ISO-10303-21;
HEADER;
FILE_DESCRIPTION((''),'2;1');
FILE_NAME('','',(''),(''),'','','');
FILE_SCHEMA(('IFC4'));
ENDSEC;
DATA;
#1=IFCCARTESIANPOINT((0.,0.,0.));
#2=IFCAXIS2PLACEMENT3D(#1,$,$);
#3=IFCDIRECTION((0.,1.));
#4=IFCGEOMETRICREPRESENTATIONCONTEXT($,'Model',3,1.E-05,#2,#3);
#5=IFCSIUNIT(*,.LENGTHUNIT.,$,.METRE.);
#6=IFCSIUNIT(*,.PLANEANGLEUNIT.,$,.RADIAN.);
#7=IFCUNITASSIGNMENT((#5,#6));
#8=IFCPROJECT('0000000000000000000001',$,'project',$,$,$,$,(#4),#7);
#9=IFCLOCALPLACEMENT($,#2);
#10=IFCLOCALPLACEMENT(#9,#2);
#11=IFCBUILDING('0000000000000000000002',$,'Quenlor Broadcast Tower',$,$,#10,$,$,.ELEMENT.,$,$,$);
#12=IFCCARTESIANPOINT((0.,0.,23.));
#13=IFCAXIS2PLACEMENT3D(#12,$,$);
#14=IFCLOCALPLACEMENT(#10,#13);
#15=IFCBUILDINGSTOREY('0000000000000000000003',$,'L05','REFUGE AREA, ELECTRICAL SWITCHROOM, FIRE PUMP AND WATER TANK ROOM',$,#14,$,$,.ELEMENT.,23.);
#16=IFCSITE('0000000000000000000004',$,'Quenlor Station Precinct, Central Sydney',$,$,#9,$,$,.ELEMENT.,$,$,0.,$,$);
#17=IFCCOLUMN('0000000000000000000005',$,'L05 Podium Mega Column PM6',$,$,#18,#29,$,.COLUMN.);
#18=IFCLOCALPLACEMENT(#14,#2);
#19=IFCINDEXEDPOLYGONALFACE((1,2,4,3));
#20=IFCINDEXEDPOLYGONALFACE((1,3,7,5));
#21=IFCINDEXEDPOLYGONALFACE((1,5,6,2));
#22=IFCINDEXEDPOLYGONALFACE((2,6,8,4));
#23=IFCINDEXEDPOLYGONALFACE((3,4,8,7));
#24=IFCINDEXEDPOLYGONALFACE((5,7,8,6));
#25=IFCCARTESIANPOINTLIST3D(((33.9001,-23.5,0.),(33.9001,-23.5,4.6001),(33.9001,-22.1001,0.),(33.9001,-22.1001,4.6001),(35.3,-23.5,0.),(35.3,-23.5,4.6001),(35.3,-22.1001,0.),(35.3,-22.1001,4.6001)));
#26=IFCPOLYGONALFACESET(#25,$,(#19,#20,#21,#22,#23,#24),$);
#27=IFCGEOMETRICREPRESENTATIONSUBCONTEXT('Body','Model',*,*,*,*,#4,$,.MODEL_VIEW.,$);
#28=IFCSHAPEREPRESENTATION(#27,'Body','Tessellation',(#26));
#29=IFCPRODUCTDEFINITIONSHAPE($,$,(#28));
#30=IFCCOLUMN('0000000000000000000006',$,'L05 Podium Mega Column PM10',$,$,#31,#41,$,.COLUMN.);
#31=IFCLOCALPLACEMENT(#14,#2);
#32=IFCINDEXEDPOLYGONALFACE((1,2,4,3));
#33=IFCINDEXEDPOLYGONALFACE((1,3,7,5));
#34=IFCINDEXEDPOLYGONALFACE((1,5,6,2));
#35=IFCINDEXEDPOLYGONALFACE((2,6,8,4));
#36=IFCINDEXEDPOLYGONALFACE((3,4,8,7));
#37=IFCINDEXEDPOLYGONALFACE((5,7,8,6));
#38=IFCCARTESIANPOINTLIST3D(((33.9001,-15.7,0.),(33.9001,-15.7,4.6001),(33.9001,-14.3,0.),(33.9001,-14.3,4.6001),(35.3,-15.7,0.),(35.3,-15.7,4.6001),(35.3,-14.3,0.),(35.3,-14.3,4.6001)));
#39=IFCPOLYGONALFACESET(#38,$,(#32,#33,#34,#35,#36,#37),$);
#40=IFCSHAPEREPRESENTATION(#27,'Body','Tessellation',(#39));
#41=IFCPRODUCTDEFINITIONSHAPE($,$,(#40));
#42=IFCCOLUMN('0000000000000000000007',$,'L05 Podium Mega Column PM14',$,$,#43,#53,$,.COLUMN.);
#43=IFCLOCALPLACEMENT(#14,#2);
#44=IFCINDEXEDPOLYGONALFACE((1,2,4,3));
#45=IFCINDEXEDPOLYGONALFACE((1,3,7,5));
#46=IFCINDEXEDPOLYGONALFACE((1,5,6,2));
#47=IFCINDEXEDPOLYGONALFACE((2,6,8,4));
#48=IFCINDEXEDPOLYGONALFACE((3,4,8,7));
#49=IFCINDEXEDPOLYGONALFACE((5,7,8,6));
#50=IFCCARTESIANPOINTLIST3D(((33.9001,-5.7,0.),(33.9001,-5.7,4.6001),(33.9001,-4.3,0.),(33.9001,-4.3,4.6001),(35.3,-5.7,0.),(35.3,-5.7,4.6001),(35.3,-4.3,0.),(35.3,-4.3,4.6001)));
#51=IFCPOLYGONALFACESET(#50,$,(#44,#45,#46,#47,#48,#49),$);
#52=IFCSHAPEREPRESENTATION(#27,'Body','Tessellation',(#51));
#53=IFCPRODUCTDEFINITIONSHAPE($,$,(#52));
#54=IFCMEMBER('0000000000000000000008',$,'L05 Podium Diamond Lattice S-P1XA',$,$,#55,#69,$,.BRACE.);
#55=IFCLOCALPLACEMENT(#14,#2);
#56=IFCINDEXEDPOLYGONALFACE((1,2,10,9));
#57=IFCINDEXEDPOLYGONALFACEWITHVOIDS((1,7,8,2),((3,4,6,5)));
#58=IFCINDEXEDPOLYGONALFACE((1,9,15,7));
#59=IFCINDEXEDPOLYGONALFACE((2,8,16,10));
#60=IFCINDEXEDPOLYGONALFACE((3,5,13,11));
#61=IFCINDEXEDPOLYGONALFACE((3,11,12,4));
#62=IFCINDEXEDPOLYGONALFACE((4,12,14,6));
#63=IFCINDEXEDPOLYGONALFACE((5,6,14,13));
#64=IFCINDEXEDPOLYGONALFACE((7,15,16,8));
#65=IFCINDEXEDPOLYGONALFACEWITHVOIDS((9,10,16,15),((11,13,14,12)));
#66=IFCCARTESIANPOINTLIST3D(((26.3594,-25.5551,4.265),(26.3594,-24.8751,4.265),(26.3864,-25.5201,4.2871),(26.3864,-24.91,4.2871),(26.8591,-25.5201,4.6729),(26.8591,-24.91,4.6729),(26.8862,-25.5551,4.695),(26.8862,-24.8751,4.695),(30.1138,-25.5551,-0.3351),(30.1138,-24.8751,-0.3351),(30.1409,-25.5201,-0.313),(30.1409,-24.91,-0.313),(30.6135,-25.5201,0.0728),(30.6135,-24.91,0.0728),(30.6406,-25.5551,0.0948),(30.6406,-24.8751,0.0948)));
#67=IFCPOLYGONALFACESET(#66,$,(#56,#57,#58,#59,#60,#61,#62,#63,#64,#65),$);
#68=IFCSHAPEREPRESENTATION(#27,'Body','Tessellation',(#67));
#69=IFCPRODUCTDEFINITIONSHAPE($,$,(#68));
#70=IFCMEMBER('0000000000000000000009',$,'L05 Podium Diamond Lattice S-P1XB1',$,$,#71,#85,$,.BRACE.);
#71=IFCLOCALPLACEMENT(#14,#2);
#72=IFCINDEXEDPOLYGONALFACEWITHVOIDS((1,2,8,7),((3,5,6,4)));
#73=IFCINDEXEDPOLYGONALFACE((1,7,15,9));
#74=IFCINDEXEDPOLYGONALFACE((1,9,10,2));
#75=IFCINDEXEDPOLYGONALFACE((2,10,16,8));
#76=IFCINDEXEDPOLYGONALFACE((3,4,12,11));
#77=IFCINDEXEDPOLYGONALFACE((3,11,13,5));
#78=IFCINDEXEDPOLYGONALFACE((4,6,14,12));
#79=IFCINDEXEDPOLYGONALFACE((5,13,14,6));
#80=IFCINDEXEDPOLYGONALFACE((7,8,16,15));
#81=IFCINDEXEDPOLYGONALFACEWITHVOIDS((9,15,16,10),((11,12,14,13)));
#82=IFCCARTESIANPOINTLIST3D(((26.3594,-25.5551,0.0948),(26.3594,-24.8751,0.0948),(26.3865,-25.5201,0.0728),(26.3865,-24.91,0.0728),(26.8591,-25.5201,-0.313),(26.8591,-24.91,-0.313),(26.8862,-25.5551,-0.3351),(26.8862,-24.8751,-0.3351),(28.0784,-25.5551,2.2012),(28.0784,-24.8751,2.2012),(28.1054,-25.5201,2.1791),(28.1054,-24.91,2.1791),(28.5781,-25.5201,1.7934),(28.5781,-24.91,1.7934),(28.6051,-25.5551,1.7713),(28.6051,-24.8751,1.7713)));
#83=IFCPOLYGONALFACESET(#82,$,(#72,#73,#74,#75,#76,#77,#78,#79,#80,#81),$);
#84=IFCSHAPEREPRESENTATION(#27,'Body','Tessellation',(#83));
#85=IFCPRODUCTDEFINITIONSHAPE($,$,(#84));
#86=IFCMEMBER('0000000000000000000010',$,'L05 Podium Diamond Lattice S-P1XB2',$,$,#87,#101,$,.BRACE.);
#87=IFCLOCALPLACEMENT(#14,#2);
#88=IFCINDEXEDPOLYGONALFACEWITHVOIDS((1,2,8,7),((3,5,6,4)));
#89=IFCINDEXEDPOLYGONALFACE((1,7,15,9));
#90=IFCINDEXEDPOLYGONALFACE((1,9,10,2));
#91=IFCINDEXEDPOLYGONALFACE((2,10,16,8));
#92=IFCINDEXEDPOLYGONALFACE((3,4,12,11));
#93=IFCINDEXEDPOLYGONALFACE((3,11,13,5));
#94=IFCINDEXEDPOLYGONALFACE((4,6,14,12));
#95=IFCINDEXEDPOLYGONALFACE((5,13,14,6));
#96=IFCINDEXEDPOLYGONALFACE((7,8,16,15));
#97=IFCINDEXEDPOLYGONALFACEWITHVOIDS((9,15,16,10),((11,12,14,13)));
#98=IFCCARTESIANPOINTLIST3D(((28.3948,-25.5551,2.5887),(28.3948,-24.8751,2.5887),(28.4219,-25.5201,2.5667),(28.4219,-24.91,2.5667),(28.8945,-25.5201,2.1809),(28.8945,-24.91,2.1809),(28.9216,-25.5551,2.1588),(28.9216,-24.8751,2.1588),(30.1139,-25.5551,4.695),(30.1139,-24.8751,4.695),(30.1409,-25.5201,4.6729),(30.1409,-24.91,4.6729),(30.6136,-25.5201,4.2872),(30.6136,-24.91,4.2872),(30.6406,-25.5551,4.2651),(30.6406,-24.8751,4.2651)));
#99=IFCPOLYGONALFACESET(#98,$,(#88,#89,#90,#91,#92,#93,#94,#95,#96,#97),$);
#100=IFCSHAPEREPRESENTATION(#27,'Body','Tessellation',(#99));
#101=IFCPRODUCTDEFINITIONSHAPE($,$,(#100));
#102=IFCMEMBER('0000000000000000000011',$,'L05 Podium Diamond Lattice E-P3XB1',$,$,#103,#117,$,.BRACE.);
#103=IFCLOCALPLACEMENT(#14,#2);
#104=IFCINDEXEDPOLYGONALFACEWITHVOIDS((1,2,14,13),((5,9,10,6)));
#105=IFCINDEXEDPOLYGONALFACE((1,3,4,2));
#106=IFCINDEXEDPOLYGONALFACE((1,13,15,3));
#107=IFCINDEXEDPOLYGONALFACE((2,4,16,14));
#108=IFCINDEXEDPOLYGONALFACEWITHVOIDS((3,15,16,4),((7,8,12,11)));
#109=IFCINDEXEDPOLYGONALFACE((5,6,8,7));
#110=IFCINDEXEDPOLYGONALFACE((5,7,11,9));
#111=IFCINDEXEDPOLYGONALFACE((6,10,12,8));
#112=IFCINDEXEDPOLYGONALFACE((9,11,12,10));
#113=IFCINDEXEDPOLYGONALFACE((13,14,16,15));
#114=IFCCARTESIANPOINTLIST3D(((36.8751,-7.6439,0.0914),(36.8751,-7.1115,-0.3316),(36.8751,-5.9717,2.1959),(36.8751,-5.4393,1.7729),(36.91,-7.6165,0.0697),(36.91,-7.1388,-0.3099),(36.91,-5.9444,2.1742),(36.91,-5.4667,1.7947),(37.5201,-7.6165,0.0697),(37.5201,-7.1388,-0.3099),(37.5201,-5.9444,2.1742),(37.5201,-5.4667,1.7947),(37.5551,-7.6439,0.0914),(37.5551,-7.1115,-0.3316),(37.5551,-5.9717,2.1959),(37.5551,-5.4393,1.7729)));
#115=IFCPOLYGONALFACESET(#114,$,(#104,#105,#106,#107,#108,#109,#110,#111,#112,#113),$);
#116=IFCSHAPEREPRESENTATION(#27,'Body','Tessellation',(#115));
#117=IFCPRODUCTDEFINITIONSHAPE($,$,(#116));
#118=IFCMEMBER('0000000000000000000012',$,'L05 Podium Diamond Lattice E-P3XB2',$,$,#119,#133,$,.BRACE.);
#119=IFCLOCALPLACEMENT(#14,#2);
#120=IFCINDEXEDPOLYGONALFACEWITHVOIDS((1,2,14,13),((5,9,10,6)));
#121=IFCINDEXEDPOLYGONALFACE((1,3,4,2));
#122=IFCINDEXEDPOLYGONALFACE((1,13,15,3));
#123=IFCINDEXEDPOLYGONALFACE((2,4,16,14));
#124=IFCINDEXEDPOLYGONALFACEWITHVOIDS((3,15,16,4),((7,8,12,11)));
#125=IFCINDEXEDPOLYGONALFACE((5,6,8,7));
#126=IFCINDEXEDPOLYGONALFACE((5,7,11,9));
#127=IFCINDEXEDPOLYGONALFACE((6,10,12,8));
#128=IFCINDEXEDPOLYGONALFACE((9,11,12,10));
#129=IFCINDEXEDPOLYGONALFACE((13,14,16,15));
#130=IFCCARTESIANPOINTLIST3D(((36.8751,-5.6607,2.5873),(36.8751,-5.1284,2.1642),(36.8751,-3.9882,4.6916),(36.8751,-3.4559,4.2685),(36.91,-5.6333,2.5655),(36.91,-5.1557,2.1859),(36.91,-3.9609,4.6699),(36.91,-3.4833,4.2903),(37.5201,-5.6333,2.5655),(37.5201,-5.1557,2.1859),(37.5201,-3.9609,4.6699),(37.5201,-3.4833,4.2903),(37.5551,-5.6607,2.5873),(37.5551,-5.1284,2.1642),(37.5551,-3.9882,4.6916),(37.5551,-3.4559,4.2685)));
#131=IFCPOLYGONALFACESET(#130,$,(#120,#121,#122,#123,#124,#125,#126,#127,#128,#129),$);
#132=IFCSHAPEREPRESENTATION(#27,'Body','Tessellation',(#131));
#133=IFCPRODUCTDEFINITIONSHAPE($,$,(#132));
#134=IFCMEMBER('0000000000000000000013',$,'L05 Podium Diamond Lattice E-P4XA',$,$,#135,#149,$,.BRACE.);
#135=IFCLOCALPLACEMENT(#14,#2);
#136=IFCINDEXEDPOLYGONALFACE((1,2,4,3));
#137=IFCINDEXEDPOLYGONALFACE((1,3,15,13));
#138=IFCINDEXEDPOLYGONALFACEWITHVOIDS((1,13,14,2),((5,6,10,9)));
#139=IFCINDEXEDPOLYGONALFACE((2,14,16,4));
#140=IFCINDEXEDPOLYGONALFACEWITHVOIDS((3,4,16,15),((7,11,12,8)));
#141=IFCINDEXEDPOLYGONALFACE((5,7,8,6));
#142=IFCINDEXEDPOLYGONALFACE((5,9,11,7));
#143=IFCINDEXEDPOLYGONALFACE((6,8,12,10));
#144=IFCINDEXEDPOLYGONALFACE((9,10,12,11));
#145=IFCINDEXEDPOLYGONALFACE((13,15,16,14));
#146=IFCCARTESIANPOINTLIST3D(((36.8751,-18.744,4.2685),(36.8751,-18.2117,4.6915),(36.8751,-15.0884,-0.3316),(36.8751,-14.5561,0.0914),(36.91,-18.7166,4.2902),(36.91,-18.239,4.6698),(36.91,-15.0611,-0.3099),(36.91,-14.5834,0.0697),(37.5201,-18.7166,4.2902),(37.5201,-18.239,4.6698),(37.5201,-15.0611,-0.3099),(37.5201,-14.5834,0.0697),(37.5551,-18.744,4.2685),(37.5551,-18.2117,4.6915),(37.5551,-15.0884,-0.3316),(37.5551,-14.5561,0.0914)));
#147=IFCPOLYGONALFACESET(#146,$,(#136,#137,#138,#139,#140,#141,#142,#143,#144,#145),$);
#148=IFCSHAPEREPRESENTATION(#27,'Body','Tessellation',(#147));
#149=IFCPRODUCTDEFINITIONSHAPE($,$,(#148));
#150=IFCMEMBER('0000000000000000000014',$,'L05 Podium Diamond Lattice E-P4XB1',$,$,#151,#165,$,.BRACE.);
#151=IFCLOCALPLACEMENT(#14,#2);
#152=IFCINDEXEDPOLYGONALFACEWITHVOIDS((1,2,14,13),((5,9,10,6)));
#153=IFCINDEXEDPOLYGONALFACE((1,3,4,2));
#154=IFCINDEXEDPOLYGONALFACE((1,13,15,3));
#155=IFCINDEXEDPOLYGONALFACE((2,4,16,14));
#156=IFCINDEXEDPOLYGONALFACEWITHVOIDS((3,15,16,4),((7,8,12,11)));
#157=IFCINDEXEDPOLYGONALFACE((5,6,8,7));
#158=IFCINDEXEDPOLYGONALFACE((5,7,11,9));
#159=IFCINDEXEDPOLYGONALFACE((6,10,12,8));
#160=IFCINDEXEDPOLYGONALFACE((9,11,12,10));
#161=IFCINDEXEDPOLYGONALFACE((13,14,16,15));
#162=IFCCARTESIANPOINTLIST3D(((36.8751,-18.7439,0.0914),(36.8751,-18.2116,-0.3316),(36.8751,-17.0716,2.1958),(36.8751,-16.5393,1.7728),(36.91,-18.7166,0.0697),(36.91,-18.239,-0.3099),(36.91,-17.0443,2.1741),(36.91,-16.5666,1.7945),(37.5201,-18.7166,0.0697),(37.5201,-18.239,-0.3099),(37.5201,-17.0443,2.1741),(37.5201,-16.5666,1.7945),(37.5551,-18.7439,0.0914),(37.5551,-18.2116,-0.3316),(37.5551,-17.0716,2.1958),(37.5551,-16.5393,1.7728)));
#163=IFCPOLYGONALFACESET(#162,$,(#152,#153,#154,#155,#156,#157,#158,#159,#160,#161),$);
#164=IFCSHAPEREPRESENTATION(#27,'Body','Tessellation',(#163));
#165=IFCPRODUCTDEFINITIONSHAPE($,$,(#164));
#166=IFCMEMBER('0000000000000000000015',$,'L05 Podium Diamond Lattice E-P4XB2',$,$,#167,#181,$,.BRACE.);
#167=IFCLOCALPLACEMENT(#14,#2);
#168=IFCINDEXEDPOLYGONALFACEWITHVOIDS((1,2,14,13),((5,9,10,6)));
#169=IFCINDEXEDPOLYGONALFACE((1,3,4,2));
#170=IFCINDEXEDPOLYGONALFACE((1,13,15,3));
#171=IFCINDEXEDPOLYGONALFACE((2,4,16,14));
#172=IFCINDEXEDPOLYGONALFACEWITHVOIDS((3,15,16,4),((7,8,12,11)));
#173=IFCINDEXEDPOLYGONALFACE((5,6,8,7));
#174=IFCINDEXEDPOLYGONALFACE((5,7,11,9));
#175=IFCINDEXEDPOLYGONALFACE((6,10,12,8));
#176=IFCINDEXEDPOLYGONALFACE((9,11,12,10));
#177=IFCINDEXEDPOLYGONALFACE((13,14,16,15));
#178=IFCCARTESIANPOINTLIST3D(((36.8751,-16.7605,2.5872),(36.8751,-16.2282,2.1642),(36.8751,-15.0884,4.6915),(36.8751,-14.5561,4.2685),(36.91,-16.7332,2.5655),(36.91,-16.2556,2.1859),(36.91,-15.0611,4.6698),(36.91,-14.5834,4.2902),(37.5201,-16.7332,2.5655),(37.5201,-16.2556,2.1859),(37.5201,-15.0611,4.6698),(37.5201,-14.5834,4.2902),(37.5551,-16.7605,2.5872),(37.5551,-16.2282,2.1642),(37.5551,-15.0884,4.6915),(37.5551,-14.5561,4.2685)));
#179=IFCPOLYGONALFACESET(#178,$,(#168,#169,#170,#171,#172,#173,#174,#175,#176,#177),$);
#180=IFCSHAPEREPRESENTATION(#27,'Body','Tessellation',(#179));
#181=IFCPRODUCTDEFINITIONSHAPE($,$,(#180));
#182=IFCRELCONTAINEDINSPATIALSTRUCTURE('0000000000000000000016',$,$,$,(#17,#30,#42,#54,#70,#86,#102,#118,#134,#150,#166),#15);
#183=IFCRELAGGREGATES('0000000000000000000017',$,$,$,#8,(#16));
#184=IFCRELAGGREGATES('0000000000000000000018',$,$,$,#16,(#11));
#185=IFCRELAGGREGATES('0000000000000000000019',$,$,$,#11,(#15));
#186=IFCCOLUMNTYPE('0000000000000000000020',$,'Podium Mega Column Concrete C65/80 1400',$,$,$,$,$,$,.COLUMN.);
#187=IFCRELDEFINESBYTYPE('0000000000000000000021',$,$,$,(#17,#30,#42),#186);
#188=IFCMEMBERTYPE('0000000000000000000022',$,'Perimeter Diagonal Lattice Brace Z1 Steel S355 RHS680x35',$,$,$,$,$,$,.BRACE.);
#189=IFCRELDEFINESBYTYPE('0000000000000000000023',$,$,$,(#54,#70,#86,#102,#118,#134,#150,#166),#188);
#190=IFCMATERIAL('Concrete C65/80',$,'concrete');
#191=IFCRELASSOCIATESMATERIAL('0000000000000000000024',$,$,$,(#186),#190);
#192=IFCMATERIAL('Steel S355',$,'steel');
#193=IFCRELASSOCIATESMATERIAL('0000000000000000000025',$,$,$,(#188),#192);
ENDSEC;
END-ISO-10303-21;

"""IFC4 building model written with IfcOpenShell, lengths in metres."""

from ifc_helpers import new_model, si_unit, direction, frame, origin, origin_2d, place, context, subcontext, project, spatial, rectangle, hollow_rectangle, extrude, material, material_profile, profile_set, type_object, element, save


model = new_model("IFC4")

# Units and contexts
model_context = context("Model", 3, precision=1e-05, world=origin(), true_north=direction((0.0, 1.0)))
body_context = subcontext(model_context, "Body", "Model", "MODEL_VIEW")
ifc_project = project(units=[si_unit("LENGTHUNIT", "METRE"), si_unit("PLANEANGLEUNIT", "RADIAN")], contexts=[model_context])

# Site, building, storey
site_placement = place(None, origin())
site = spatial("IfcSite", under=ifc_project, at=site_placement, Name="Quenlor Station Precinct, Central Sydney", CompositionType="ELEMENT", RefElevation=0.0)
building_placement = place(site_placement, origin())
building = spatial("IfcBuilding", under=site, at=building_placement, Name="Quenlor Broadcast Tower", CompositionType="ELEMENT")
storey_placement = place(building_placement, frame((0.0, 0.0, 23.0)))
storey = spatial("IfcBuildingStorey", under=building, at=storey_placement, Name="L05", Description="REFUGE AREA, ELECTRICAL SWITCHROOM, FIRE PUMP AND WATER TANK ROOM", CompositionType="ELEMENT", Elevation=23.0)

# Columns
ifc_material_1 = material(Name="Concrete C65/80", Category="concrete")
ifc_material_profile_1 = material_profile(ifc_material_1, rectangle(XDim=1.3999, YDim=1.3999, at=origin_2d()))
ifc_profile_set_1 = profile_set([ifc_material_profile_1], Name="Concrete C65/80 RC1400x1400")
column_type = type_object("IfcColumnType", Name="Podium Mega Column Concrete C65/80 1400", PredefinedType="COLUMN", material=ifc_profile_set_1)
for number, where, z_axis, x_axis, name in (
    (1, (34.6001, -22.8, 0.0), (0.0, 0.0, 1.0), (1.0, 0.0, 0.0), "L05 Podium Mega Column PM6"),
    (2, (34.6001, -15.0, 0.0), (0.0, 0.0, 1.0), (1.0, 0.0, 0.0), "L05 Podium Mega Column PM10"),
    (3, (34.6001, -5.0, 0.0), (0.0, 0.0, 1.0), (1.0, 0.0, 0.0), "L05 Podium Mega Column PM14"),
):
    element("IfcColumn", number, at=place(storey_placement, frame(where, z_axis=z_axis, x_axis=x_axis)), inside=storey, type_object=column_type, Name=name, PredefinedType="COLUMN", context=body_context, shape_type="SweptSolid", body=[
        extrude(rectangle(XDim=1.3999, YDim=1.3999, at=origin_2d()), origin(), (0.0, 0.0, 1.0), 4.6001),
    ])

# Members
ifc_material_2 = material(Name="Steel S355", Category="steel")
ifc_material_profile_2 = material_profile(ifc_material_2, hollow_rectangle(XDim=0.6799, YDim=0.6799, WallThickness=0.0349, at=origin_2d()))
ifc_profile_set_2 = profile_set([ifc_material_profile_2], Name="Steel S355 RHS680x680x35")
member_type = type_object("IfcMemberType", Name="Perimeter Diagonal Lattice Brace Z1 Steel S355 RHS680x35", PredefinedType="BRACE", material=ifc_profile_set_2)
member_1_placement = place(storey_placement, frame((30.3772, -25.2151, -0.1201), z_axis=(-0.632297, 0.0, 0.774726), x_axis=(0.0, -1.0, 0.0)))
element("IfcMember", 4, at=member_1_placement, inside=storey, type_object=member_type, Name="L05 Podium Diamond Lattice S-P1XA", PredefinedType="BRACE", context=body_context, shape_type="SweptSolid", body=[
    extrude(hollow_rectangle(XDim=0.6799, YDim=0.6799, WallThickness=0.0349, at=origin_2d()), origin(), (0.0, 0.0, 1.0), 5.9377),
])
for number, where, z_axis, x_axis, name in (
    (5, (26.6228, -25.2151, -0.1201), (0.632254, 0.0, 0.774761), (0.0, 1.0, 0.0), "L05 Podium Diamond Lattice S-P1XB1"),
    (6, (28.6582, -25.2151, 2.3738), (0.632298, 0.0, 0.774725), (0.0, 1.0, 0.0), "L05 Podium Diamond Lattice S-P1XB2"),
):
    element("IfcMember", number, at=place(storey_placement, frame(where, z_axis=z_axis, x_axis=x_axis)), inside=storey, type_object=member_type, Name=name, PredefinedType="BRACE", context=body_context, shape_type="SweptSolid", body=[
        extrude(hollow_rectangle(XDim=0.6799, YDim=0.6799, WallThickness=0.0349, at=origin_2d()), origin(), (0.0, 0.0, 1.0), 2.7188),
    ])
for number, where, z_axis, x_axis, name in (
    (7, (37.2151, -7.3777, -0.1201), (0.0, 0.622089, 0.782947), (-1.0, 0.0, 0.0), "L05 Podium Diamond Lattice E-P3XB1"),
    (8, (37.2151, -5.3945, 2.3757), (0.0, 0.622188, 0.782867), (-1.0, 0.0, 0.0), "L05 Podium Diamond Lattice E-P3XB2"),
):
    element("IfcMember", number, at=place(storey_placement, frame(where, z_axis=z_axis, x_axis=x_axis)), inside=storey, type_object=member_type, Name=name, PredefinedType="BRACE", context=body_context, shape_type="SweptSolid", body=[
        extrude(hollow_rectangle(XDim=0.6799, YDim=0.6799, WallThickness=0.0349, at=origin_2d()), origin(), (0.0, 0.0, 1.0), 2.688),
    ])
member_2_placement = place(storey_placement, frame((37.2151, -14.8223, -0.1201), z_axis=(0.0, -0.622143, 0.782904), x_axis=(1.0, 0.0, 0.0)))
element("IfcMember", 9, at=member_2_placement, inside=storey, type_object=member_type, Name="L05 Podium Diamond Lattice E-P4XA", PredefinedType="BRACE", context=body_context, shape_type="SweptSolid", body=[
    extrude(hollow_rectangle(XDim=0.6799, YDim=0.6799, WallThickness=0.0349, at=origin_2d()), origin(), (0.0, 0.0, 1.0), 5.8757),
])
member_3_placement = place(storey_placement, frame((37.2151, -18.4778, -0.1201), z_axis=(0.0, 0.622144, 0.782903), x_axis=(-1.0, 0.0, 0.0)))
element("IfcMember", 10, at=member_3_placement, inside=storey, type_object=member_type, Name="L05 Podium Diamond Lattice E-P4XB1", PredefinedType="BRACE", context=body_context, shape_type="SweptSolid", body=[
    extrude(hollow_rectangle(XDim=0.6799, YDim=0.6799, WallThickness=0.0349, at=origin_2d()), origin(), (0.0, 0.0, 1.0), 2.688),
])
member_4_placement = place(storey_placement, frame((37.2151, -16.4944, 2.3757), z_axis=(0.0, 0.622133, 0.782912), x_axis=(-1.0, 0.0, 0.0)))
element("IfcMember", 11, at=member_4_placement, inside=storey, type_object=member_type, Name="L05 Podium Diamond Lattice E-P4XB2", PredefinedType="BRACE", context=body_context, shape_type="SweptSolid", body=[
    extrude(hollow_rectangle(XDim=0.6799, YDim=0.6799, WallThickness=0.0349, at=origin_2d()), origin(), (0.0, 0.0, 1.0), 2.6877),
])

save(model, "model.ifc")
